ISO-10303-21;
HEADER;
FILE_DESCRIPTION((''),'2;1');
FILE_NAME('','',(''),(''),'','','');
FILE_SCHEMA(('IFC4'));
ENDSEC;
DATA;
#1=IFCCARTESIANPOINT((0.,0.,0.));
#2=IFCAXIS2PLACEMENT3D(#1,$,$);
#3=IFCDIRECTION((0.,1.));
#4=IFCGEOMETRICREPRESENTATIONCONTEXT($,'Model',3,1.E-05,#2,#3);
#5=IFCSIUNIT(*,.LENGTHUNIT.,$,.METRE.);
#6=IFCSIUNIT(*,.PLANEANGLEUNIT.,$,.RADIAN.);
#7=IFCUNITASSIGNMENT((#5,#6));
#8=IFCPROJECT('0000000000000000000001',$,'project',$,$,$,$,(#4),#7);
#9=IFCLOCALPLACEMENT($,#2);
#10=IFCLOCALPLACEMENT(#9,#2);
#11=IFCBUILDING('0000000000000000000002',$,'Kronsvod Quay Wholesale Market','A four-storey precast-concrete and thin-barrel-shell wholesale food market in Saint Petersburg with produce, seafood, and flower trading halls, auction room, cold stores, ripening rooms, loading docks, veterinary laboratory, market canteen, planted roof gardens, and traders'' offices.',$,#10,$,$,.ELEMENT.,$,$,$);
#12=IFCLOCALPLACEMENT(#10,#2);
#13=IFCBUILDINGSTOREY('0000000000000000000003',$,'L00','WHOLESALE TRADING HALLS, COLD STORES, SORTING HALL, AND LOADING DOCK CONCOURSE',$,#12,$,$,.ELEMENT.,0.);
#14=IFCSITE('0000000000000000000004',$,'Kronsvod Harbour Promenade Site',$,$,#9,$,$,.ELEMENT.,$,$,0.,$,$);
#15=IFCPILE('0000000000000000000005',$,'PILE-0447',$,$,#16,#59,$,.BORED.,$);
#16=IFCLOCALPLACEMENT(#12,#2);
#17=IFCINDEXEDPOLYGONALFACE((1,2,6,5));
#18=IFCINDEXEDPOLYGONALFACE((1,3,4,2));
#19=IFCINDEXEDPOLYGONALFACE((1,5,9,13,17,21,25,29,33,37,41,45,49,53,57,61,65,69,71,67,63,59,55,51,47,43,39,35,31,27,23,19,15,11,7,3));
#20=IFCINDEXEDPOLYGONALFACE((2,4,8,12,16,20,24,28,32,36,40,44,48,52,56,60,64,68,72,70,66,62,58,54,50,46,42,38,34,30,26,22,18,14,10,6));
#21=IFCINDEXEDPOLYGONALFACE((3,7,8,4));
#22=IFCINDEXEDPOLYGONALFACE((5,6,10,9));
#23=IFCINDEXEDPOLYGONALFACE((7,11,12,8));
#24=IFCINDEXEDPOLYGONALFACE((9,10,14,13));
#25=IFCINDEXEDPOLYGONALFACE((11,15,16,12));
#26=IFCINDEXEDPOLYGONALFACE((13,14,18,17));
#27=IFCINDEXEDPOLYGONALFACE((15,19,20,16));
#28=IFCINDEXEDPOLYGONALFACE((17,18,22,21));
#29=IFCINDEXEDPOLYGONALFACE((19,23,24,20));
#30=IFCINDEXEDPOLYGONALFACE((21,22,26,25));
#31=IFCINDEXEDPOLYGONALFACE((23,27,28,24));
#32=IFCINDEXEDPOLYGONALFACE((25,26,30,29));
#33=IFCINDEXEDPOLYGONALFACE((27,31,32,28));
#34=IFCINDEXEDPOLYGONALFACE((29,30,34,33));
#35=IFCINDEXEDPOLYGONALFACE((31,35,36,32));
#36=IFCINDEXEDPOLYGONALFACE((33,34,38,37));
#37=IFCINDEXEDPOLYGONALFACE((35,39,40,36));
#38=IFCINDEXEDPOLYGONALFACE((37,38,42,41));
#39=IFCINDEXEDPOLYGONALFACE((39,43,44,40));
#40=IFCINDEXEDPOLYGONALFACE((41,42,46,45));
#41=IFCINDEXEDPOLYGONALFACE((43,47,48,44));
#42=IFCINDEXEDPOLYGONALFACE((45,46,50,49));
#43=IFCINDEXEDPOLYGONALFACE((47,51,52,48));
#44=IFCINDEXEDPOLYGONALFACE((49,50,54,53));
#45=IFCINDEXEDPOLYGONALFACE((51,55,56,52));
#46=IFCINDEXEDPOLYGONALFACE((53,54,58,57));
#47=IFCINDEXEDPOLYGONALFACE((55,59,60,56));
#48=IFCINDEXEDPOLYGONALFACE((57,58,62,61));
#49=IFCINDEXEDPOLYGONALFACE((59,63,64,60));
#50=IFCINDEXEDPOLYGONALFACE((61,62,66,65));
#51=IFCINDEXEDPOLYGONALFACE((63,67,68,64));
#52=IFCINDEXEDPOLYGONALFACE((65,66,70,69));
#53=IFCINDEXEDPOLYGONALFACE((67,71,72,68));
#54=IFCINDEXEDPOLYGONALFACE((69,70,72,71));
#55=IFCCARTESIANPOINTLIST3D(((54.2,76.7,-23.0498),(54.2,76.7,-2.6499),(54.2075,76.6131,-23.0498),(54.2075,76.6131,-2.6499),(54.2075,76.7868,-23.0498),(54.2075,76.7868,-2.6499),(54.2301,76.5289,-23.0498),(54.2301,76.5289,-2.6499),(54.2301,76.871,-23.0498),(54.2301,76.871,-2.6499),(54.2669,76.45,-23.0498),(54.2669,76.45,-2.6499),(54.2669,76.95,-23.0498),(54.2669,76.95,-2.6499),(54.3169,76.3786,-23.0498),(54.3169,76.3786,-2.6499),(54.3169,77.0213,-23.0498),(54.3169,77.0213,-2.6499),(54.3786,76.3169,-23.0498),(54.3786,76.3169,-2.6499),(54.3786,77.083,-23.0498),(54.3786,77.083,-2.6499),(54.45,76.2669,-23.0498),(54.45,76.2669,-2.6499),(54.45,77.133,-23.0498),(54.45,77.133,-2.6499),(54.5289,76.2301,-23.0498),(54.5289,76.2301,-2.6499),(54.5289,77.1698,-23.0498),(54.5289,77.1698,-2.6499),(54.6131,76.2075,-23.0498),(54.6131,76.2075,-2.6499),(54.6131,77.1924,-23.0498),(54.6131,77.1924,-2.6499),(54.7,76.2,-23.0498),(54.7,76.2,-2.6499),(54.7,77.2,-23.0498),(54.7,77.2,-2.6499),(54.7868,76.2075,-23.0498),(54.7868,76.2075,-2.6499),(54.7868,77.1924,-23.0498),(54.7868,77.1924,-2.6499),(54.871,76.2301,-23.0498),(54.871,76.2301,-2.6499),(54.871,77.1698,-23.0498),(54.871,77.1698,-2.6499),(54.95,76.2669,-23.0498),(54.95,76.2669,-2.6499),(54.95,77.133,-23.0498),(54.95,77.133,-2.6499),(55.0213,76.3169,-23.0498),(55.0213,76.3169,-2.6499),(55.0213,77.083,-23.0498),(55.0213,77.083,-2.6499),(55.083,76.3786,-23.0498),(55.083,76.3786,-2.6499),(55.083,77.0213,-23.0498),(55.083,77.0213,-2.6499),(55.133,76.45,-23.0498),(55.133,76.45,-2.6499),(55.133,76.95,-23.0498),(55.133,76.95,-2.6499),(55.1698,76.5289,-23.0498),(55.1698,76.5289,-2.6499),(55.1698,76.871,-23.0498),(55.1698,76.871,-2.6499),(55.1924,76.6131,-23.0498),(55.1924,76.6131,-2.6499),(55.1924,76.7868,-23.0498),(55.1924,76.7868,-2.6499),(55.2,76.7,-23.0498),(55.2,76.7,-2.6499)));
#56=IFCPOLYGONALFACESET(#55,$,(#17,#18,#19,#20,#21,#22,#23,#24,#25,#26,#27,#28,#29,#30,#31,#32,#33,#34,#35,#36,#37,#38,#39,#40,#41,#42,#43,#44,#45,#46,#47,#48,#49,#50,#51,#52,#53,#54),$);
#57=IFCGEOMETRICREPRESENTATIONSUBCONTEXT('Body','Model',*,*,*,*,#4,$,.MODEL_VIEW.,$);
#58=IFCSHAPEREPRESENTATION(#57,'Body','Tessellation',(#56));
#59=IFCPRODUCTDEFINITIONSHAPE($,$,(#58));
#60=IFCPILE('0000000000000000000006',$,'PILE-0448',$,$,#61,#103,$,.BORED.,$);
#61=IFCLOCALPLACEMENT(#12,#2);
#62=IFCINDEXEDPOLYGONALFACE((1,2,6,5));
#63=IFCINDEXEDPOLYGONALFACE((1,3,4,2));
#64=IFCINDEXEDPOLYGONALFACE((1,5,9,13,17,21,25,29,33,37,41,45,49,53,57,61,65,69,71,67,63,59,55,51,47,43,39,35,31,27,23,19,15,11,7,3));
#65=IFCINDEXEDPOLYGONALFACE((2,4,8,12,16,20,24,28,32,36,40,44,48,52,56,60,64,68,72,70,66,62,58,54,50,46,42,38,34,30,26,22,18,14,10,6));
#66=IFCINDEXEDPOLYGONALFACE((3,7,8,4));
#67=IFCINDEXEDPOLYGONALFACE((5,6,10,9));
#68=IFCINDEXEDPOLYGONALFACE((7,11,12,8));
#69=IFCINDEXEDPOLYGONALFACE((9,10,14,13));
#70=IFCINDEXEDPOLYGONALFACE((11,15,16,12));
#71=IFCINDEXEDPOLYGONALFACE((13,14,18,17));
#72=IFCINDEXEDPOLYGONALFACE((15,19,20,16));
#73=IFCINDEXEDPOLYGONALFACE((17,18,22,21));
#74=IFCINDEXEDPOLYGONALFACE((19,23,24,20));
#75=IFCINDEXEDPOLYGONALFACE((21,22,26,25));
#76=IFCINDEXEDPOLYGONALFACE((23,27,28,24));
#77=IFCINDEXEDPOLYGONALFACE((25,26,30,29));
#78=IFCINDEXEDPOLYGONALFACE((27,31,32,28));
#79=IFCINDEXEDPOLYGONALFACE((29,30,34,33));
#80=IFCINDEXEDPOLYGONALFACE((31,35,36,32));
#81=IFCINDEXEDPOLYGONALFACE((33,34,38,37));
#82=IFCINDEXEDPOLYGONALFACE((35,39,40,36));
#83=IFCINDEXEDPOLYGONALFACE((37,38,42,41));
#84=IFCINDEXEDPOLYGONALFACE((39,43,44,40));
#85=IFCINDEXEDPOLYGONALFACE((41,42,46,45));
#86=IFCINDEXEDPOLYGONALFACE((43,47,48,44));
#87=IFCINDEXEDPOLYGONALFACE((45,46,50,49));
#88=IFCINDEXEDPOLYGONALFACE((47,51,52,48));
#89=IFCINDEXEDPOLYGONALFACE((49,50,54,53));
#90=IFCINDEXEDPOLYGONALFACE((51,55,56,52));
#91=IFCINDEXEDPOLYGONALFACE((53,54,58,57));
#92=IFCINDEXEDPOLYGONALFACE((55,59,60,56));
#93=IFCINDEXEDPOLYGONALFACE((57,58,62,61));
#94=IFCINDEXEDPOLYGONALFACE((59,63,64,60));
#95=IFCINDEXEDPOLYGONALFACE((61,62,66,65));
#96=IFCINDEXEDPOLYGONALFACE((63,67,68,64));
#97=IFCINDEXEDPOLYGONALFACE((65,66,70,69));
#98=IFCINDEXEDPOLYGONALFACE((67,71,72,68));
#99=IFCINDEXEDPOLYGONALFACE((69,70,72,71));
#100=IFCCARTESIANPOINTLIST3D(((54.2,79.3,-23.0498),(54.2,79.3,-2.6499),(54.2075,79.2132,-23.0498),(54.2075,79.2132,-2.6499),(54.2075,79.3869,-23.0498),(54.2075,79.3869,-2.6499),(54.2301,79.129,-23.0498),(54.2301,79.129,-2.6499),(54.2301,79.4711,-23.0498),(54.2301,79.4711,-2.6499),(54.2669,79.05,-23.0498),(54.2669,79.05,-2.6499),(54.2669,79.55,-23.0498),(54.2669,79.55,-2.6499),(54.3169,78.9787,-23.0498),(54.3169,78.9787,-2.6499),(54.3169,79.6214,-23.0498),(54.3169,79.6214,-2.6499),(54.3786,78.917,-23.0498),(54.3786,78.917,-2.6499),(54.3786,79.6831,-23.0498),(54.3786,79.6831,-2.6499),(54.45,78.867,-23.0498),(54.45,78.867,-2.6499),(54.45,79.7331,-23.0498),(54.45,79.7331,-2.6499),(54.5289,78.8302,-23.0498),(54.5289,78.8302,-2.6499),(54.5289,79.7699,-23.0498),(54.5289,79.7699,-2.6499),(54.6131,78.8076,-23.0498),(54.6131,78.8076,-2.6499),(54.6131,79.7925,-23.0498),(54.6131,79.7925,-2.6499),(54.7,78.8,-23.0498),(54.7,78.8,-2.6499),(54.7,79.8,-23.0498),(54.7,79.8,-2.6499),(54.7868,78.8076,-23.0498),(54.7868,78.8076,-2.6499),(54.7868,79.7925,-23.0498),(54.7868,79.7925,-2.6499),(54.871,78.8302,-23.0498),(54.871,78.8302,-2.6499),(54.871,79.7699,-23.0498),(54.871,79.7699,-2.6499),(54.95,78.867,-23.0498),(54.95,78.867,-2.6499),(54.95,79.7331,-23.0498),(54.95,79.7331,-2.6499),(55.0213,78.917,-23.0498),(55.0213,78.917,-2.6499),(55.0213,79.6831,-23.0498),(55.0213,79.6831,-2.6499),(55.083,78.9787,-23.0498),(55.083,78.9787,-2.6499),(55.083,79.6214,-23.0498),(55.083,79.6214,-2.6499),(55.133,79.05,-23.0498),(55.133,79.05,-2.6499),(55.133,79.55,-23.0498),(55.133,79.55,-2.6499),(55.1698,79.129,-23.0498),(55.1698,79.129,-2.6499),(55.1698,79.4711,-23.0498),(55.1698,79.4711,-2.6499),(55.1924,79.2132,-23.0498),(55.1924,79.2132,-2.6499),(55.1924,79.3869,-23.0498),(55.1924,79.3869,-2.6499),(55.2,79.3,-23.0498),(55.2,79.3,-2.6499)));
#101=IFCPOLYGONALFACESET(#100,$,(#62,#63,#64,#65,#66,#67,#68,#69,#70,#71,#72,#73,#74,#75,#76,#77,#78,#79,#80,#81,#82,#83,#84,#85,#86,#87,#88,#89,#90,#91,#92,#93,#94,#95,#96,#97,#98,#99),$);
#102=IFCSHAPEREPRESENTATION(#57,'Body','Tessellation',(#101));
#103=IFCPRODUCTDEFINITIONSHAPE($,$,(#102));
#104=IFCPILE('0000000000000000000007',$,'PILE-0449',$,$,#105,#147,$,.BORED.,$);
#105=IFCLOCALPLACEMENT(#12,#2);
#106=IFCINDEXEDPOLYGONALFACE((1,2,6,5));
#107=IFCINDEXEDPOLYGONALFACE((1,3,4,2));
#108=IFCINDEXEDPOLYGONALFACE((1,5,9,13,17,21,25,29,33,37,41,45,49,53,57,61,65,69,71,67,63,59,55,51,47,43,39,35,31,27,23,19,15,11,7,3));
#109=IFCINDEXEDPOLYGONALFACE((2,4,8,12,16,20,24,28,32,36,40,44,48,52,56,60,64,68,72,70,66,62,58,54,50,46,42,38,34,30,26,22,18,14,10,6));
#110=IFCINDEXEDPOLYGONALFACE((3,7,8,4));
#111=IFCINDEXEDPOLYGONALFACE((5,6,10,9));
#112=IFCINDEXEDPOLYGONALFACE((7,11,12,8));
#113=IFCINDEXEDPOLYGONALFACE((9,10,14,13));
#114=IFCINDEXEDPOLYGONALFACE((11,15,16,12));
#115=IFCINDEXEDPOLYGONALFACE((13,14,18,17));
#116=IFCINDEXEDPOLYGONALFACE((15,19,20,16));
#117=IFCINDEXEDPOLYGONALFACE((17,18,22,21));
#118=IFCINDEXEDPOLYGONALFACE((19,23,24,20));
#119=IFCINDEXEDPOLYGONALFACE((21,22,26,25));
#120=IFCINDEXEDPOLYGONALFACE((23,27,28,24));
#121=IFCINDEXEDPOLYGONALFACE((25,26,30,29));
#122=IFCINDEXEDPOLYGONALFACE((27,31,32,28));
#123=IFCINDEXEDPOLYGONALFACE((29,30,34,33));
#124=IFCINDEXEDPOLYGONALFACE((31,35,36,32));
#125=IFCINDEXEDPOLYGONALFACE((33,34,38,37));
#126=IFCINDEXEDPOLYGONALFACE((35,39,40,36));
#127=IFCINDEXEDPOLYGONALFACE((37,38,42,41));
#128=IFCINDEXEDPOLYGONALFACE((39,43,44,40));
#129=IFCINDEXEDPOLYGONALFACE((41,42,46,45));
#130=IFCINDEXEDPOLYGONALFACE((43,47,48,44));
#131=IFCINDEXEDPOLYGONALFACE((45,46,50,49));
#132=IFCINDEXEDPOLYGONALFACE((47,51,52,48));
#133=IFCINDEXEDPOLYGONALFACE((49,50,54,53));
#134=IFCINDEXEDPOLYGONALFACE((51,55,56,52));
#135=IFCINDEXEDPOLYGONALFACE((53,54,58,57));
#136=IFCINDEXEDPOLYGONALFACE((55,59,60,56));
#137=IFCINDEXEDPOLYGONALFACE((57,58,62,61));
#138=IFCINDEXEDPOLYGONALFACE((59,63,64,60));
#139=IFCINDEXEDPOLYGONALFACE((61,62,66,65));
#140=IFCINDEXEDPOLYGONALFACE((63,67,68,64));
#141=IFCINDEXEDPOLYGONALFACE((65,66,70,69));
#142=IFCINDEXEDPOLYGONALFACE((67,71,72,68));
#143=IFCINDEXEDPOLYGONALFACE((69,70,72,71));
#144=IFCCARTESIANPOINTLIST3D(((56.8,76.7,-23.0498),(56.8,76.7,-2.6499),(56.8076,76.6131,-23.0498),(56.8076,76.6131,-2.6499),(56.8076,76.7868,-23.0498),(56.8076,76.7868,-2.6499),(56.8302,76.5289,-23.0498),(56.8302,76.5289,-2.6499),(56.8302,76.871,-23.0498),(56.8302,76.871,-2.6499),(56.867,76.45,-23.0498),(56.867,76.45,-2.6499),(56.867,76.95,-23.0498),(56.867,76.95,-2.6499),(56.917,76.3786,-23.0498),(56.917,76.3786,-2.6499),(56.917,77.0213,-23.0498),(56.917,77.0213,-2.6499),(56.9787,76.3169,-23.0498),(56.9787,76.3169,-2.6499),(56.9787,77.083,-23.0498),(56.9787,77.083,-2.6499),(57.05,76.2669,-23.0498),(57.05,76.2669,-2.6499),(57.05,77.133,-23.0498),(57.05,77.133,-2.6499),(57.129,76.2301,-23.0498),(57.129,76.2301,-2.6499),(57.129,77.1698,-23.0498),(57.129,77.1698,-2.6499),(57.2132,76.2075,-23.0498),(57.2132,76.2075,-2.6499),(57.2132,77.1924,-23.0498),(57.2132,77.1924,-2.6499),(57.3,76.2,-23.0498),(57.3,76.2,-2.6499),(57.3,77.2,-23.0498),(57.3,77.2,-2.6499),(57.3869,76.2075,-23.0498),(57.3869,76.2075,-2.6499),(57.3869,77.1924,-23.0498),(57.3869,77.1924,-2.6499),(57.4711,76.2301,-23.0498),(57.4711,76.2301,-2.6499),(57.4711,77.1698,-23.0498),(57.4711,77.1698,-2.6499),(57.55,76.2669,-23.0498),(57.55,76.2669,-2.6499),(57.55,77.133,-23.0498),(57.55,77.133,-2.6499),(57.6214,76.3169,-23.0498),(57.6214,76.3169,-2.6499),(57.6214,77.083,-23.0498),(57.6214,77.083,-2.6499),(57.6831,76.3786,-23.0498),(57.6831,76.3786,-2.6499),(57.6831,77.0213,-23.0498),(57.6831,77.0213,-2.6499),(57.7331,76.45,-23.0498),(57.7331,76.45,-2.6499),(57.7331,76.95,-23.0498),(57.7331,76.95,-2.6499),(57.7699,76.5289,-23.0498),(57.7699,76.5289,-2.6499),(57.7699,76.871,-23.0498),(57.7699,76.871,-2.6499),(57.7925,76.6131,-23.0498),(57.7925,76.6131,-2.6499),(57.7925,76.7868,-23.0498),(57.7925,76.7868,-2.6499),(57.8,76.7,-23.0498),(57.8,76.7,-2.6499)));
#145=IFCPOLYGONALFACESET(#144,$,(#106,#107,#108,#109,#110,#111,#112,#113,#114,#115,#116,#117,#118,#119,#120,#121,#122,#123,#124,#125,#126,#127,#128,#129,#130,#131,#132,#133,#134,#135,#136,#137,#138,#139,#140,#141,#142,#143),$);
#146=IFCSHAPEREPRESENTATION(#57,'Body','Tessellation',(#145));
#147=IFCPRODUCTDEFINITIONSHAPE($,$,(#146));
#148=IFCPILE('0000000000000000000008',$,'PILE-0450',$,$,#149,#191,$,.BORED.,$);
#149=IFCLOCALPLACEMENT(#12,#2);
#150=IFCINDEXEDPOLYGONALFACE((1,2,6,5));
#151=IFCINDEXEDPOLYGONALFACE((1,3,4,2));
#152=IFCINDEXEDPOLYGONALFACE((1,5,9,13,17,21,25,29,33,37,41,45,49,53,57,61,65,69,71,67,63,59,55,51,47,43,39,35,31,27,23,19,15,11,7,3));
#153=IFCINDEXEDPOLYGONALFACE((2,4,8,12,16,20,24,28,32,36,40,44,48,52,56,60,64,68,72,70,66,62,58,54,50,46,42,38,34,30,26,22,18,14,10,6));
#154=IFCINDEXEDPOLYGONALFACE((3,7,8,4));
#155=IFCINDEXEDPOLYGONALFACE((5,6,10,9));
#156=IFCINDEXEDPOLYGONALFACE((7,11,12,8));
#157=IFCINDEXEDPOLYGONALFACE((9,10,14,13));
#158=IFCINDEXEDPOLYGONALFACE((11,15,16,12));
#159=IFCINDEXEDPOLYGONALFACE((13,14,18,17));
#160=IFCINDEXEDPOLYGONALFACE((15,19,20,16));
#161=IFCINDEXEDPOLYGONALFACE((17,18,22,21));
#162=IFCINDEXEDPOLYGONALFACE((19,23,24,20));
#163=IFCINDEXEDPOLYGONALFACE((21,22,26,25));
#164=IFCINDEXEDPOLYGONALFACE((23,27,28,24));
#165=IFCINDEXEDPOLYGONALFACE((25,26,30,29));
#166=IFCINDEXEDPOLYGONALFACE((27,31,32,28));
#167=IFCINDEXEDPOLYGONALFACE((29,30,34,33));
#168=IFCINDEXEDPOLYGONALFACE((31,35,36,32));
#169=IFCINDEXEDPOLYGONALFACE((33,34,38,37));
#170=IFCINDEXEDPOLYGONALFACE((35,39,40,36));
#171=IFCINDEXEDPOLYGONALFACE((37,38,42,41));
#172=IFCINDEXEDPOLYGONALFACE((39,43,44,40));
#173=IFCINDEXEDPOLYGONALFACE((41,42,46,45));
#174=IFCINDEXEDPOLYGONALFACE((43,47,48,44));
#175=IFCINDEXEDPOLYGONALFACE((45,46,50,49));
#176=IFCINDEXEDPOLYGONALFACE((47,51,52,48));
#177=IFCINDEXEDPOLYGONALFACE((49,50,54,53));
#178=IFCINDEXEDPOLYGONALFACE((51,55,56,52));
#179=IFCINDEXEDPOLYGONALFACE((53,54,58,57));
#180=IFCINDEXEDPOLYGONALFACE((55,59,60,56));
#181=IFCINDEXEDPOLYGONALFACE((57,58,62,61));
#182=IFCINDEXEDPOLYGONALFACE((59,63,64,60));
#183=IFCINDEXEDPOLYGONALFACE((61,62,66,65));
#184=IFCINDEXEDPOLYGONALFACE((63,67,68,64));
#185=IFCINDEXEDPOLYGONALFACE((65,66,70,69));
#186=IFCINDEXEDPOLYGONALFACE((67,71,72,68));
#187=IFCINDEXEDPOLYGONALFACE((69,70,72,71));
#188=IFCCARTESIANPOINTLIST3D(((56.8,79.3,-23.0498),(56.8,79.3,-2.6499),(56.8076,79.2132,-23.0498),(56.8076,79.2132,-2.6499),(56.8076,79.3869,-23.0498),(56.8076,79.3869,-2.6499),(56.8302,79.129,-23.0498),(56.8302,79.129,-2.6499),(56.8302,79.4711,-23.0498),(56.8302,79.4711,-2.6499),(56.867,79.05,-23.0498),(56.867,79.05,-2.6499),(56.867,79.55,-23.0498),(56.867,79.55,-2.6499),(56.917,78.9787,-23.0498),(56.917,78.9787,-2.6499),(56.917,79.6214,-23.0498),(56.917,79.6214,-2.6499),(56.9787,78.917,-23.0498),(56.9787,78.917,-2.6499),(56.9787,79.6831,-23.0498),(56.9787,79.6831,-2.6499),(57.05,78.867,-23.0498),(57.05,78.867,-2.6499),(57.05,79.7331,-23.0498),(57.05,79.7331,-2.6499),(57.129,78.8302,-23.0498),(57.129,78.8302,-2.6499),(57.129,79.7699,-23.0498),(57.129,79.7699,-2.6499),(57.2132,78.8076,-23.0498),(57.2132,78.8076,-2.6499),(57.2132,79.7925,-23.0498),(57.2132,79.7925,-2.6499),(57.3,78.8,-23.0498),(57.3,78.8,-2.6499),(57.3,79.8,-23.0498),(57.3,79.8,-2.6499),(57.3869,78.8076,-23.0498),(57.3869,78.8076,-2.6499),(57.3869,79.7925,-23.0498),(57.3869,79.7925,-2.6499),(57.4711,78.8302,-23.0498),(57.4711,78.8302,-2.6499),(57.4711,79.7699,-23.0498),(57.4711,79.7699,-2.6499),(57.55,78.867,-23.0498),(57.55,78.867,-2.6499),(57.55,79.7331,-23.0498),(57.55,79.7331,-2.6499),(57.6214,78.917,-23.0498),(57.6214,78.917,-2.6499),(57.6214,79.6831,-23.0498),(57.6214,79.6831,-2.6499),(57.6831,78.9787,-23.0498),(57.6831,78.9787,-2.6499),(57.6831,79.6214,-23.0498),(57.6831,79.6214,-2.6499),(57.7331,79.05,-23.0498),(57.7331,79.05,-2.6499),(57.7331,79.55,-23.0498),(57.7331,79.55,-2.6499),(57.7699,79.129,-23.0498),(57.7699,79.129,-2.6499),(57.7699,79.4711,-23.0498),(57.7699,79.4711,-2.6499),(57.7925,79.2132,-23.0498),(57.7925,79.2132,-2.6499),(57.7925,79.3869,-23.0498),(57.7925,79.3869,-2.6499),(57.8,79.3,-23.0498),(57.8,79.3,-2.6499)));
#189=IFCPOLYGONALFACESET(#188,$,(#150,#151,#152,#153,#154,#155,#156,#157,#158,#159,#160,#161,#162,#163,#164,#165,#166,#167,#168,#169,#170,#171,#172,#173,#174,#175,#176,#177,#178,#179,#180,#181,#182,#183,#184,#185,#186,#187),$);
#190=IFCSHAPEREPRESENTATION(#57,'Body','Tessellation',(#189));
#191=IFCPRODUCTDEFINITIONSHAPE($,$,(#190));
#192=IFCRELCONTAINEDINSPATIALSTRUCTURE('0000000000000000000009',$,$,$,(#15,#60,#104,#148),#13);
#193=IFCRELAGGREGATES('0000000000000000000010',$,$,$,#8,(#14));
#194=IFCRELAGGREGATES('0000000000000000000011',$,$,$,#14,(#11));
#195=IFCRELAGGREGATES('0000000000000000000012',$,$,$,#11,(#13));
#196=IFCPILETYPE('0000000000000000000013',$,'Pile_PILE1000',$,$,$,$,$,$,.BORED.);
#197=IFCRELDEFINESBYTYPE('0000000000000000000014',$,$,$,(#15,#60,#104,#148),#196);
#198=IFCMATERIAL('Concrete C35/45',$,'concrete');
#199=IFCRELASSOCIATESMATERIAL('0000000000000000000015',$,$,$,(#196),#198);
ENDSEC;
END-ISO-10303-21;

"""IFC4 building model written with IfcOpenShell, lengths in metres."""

from ifc_helpers import new_model, si_unit, direction, frame, origin, origin_2d, place, context, subcontext, project, spatial, circle, extrude, material, material_profile, profile_set, type_object, element, save


model = new_model("IFC4")

# Units and contexts
model_context = context("Model", 3, precision=1e-05, world=origin(), true_north=direction((0.0, 1.0)))
body_context = subcontext(model_context, "Body", "Model", "MODEL_VIEW")
ifc_project = project(units=[si_unit("LENGTHUNIT", "METRE"), si_unit("PLANEANGLEUNIT", "RADIAN")], contexts=[model_context])

# Site, building, storey
site_placement = place(None, origin())
site = spatial("IfcSite", under=ifc_project, at=site_placement, Name="Kronsvod Harbour Promenade Site", CompositionType="ELEMENT", RefElevation=0.0)
building_placement = place(site_placement, origin())
building = spatial("IfcBuilding", under=site, at=building_placement, Name="Kronsvod Quay Wholesale Market", Description="A four-storey precast-concrete and thin-barrel-shell wholesale food market in Saint Petersburg with produce, seafood, and flower trading halls, auction room, cold stores, ripening rooms, loading docks, veterinary laboratory, market canteen, planted roof gardens, and traders' offices.", CompositionType="ELEMENT")
storey_placement = place(building_placement, origin())
storey = spatial("IfcBuildingStorey", under=building, at=storey_placement, Name="L00", Description="WHOLESALE TRADING HALLS, COLD STORES, SORTING HALL, AND LOADING DOCK CONCOURSE", CompositionType="ELEMENT", Elevation=0.0)

# Piles
ifc_material_1 = material(Name="Concrete C35/45", Category="concrete")
ifc_material_profile_1 = material_profile(ifc_material_1, circle(Radius=0.5, at=origin_2d()), Name="PILE1000")
ifc_profile_set_1 = profile_set([ifc_material_profile_1], Name="Concrete C35/45")
pile_type_1 = type_object("IfcPileType", Name="Pile_PILE1000", PredefinedType="BORED", material=ifc_profile_set_1)
for number, where, z_axis, x_axis, name in (
    (1, (54.7, 76.7, -2.6499), (0.0, 0.0, -1.0), (1.0, 0.0, 0.0), "PILE-0447"),
    (2, (54.7, 79.3, -2.6499), (0.0, 0.0, -1.0), (1.0, 0.0, 0.0), "PILE-0448"),
    (3, (57.3, 76.7, -2.6499), (0.0, 0.0, -1.0), (1.0, 0.0, 0.0), "PILE-0449"),
    (4, (57.3, 79.3, -2.6499), (0.0, 0.0, -1.0), (1.0, 0.0, 0.0), "PILE-0450"),
):
    element("IfcPile", number, at=place(storey_placement, frame(where, z_axis=z_axis, x_axis=x_axis)), inside=storey, type_object=pile_type_1, Name=name, PredefinedType="BORED", context=body_context, shape_type="SweptSolid", body=[
        extrude(circle(Radius=0.5, at=origin_2d()), origin(), (0.0, 0.0, 1.0), 20.3999),
    ])

save(model, "model.ifc")
